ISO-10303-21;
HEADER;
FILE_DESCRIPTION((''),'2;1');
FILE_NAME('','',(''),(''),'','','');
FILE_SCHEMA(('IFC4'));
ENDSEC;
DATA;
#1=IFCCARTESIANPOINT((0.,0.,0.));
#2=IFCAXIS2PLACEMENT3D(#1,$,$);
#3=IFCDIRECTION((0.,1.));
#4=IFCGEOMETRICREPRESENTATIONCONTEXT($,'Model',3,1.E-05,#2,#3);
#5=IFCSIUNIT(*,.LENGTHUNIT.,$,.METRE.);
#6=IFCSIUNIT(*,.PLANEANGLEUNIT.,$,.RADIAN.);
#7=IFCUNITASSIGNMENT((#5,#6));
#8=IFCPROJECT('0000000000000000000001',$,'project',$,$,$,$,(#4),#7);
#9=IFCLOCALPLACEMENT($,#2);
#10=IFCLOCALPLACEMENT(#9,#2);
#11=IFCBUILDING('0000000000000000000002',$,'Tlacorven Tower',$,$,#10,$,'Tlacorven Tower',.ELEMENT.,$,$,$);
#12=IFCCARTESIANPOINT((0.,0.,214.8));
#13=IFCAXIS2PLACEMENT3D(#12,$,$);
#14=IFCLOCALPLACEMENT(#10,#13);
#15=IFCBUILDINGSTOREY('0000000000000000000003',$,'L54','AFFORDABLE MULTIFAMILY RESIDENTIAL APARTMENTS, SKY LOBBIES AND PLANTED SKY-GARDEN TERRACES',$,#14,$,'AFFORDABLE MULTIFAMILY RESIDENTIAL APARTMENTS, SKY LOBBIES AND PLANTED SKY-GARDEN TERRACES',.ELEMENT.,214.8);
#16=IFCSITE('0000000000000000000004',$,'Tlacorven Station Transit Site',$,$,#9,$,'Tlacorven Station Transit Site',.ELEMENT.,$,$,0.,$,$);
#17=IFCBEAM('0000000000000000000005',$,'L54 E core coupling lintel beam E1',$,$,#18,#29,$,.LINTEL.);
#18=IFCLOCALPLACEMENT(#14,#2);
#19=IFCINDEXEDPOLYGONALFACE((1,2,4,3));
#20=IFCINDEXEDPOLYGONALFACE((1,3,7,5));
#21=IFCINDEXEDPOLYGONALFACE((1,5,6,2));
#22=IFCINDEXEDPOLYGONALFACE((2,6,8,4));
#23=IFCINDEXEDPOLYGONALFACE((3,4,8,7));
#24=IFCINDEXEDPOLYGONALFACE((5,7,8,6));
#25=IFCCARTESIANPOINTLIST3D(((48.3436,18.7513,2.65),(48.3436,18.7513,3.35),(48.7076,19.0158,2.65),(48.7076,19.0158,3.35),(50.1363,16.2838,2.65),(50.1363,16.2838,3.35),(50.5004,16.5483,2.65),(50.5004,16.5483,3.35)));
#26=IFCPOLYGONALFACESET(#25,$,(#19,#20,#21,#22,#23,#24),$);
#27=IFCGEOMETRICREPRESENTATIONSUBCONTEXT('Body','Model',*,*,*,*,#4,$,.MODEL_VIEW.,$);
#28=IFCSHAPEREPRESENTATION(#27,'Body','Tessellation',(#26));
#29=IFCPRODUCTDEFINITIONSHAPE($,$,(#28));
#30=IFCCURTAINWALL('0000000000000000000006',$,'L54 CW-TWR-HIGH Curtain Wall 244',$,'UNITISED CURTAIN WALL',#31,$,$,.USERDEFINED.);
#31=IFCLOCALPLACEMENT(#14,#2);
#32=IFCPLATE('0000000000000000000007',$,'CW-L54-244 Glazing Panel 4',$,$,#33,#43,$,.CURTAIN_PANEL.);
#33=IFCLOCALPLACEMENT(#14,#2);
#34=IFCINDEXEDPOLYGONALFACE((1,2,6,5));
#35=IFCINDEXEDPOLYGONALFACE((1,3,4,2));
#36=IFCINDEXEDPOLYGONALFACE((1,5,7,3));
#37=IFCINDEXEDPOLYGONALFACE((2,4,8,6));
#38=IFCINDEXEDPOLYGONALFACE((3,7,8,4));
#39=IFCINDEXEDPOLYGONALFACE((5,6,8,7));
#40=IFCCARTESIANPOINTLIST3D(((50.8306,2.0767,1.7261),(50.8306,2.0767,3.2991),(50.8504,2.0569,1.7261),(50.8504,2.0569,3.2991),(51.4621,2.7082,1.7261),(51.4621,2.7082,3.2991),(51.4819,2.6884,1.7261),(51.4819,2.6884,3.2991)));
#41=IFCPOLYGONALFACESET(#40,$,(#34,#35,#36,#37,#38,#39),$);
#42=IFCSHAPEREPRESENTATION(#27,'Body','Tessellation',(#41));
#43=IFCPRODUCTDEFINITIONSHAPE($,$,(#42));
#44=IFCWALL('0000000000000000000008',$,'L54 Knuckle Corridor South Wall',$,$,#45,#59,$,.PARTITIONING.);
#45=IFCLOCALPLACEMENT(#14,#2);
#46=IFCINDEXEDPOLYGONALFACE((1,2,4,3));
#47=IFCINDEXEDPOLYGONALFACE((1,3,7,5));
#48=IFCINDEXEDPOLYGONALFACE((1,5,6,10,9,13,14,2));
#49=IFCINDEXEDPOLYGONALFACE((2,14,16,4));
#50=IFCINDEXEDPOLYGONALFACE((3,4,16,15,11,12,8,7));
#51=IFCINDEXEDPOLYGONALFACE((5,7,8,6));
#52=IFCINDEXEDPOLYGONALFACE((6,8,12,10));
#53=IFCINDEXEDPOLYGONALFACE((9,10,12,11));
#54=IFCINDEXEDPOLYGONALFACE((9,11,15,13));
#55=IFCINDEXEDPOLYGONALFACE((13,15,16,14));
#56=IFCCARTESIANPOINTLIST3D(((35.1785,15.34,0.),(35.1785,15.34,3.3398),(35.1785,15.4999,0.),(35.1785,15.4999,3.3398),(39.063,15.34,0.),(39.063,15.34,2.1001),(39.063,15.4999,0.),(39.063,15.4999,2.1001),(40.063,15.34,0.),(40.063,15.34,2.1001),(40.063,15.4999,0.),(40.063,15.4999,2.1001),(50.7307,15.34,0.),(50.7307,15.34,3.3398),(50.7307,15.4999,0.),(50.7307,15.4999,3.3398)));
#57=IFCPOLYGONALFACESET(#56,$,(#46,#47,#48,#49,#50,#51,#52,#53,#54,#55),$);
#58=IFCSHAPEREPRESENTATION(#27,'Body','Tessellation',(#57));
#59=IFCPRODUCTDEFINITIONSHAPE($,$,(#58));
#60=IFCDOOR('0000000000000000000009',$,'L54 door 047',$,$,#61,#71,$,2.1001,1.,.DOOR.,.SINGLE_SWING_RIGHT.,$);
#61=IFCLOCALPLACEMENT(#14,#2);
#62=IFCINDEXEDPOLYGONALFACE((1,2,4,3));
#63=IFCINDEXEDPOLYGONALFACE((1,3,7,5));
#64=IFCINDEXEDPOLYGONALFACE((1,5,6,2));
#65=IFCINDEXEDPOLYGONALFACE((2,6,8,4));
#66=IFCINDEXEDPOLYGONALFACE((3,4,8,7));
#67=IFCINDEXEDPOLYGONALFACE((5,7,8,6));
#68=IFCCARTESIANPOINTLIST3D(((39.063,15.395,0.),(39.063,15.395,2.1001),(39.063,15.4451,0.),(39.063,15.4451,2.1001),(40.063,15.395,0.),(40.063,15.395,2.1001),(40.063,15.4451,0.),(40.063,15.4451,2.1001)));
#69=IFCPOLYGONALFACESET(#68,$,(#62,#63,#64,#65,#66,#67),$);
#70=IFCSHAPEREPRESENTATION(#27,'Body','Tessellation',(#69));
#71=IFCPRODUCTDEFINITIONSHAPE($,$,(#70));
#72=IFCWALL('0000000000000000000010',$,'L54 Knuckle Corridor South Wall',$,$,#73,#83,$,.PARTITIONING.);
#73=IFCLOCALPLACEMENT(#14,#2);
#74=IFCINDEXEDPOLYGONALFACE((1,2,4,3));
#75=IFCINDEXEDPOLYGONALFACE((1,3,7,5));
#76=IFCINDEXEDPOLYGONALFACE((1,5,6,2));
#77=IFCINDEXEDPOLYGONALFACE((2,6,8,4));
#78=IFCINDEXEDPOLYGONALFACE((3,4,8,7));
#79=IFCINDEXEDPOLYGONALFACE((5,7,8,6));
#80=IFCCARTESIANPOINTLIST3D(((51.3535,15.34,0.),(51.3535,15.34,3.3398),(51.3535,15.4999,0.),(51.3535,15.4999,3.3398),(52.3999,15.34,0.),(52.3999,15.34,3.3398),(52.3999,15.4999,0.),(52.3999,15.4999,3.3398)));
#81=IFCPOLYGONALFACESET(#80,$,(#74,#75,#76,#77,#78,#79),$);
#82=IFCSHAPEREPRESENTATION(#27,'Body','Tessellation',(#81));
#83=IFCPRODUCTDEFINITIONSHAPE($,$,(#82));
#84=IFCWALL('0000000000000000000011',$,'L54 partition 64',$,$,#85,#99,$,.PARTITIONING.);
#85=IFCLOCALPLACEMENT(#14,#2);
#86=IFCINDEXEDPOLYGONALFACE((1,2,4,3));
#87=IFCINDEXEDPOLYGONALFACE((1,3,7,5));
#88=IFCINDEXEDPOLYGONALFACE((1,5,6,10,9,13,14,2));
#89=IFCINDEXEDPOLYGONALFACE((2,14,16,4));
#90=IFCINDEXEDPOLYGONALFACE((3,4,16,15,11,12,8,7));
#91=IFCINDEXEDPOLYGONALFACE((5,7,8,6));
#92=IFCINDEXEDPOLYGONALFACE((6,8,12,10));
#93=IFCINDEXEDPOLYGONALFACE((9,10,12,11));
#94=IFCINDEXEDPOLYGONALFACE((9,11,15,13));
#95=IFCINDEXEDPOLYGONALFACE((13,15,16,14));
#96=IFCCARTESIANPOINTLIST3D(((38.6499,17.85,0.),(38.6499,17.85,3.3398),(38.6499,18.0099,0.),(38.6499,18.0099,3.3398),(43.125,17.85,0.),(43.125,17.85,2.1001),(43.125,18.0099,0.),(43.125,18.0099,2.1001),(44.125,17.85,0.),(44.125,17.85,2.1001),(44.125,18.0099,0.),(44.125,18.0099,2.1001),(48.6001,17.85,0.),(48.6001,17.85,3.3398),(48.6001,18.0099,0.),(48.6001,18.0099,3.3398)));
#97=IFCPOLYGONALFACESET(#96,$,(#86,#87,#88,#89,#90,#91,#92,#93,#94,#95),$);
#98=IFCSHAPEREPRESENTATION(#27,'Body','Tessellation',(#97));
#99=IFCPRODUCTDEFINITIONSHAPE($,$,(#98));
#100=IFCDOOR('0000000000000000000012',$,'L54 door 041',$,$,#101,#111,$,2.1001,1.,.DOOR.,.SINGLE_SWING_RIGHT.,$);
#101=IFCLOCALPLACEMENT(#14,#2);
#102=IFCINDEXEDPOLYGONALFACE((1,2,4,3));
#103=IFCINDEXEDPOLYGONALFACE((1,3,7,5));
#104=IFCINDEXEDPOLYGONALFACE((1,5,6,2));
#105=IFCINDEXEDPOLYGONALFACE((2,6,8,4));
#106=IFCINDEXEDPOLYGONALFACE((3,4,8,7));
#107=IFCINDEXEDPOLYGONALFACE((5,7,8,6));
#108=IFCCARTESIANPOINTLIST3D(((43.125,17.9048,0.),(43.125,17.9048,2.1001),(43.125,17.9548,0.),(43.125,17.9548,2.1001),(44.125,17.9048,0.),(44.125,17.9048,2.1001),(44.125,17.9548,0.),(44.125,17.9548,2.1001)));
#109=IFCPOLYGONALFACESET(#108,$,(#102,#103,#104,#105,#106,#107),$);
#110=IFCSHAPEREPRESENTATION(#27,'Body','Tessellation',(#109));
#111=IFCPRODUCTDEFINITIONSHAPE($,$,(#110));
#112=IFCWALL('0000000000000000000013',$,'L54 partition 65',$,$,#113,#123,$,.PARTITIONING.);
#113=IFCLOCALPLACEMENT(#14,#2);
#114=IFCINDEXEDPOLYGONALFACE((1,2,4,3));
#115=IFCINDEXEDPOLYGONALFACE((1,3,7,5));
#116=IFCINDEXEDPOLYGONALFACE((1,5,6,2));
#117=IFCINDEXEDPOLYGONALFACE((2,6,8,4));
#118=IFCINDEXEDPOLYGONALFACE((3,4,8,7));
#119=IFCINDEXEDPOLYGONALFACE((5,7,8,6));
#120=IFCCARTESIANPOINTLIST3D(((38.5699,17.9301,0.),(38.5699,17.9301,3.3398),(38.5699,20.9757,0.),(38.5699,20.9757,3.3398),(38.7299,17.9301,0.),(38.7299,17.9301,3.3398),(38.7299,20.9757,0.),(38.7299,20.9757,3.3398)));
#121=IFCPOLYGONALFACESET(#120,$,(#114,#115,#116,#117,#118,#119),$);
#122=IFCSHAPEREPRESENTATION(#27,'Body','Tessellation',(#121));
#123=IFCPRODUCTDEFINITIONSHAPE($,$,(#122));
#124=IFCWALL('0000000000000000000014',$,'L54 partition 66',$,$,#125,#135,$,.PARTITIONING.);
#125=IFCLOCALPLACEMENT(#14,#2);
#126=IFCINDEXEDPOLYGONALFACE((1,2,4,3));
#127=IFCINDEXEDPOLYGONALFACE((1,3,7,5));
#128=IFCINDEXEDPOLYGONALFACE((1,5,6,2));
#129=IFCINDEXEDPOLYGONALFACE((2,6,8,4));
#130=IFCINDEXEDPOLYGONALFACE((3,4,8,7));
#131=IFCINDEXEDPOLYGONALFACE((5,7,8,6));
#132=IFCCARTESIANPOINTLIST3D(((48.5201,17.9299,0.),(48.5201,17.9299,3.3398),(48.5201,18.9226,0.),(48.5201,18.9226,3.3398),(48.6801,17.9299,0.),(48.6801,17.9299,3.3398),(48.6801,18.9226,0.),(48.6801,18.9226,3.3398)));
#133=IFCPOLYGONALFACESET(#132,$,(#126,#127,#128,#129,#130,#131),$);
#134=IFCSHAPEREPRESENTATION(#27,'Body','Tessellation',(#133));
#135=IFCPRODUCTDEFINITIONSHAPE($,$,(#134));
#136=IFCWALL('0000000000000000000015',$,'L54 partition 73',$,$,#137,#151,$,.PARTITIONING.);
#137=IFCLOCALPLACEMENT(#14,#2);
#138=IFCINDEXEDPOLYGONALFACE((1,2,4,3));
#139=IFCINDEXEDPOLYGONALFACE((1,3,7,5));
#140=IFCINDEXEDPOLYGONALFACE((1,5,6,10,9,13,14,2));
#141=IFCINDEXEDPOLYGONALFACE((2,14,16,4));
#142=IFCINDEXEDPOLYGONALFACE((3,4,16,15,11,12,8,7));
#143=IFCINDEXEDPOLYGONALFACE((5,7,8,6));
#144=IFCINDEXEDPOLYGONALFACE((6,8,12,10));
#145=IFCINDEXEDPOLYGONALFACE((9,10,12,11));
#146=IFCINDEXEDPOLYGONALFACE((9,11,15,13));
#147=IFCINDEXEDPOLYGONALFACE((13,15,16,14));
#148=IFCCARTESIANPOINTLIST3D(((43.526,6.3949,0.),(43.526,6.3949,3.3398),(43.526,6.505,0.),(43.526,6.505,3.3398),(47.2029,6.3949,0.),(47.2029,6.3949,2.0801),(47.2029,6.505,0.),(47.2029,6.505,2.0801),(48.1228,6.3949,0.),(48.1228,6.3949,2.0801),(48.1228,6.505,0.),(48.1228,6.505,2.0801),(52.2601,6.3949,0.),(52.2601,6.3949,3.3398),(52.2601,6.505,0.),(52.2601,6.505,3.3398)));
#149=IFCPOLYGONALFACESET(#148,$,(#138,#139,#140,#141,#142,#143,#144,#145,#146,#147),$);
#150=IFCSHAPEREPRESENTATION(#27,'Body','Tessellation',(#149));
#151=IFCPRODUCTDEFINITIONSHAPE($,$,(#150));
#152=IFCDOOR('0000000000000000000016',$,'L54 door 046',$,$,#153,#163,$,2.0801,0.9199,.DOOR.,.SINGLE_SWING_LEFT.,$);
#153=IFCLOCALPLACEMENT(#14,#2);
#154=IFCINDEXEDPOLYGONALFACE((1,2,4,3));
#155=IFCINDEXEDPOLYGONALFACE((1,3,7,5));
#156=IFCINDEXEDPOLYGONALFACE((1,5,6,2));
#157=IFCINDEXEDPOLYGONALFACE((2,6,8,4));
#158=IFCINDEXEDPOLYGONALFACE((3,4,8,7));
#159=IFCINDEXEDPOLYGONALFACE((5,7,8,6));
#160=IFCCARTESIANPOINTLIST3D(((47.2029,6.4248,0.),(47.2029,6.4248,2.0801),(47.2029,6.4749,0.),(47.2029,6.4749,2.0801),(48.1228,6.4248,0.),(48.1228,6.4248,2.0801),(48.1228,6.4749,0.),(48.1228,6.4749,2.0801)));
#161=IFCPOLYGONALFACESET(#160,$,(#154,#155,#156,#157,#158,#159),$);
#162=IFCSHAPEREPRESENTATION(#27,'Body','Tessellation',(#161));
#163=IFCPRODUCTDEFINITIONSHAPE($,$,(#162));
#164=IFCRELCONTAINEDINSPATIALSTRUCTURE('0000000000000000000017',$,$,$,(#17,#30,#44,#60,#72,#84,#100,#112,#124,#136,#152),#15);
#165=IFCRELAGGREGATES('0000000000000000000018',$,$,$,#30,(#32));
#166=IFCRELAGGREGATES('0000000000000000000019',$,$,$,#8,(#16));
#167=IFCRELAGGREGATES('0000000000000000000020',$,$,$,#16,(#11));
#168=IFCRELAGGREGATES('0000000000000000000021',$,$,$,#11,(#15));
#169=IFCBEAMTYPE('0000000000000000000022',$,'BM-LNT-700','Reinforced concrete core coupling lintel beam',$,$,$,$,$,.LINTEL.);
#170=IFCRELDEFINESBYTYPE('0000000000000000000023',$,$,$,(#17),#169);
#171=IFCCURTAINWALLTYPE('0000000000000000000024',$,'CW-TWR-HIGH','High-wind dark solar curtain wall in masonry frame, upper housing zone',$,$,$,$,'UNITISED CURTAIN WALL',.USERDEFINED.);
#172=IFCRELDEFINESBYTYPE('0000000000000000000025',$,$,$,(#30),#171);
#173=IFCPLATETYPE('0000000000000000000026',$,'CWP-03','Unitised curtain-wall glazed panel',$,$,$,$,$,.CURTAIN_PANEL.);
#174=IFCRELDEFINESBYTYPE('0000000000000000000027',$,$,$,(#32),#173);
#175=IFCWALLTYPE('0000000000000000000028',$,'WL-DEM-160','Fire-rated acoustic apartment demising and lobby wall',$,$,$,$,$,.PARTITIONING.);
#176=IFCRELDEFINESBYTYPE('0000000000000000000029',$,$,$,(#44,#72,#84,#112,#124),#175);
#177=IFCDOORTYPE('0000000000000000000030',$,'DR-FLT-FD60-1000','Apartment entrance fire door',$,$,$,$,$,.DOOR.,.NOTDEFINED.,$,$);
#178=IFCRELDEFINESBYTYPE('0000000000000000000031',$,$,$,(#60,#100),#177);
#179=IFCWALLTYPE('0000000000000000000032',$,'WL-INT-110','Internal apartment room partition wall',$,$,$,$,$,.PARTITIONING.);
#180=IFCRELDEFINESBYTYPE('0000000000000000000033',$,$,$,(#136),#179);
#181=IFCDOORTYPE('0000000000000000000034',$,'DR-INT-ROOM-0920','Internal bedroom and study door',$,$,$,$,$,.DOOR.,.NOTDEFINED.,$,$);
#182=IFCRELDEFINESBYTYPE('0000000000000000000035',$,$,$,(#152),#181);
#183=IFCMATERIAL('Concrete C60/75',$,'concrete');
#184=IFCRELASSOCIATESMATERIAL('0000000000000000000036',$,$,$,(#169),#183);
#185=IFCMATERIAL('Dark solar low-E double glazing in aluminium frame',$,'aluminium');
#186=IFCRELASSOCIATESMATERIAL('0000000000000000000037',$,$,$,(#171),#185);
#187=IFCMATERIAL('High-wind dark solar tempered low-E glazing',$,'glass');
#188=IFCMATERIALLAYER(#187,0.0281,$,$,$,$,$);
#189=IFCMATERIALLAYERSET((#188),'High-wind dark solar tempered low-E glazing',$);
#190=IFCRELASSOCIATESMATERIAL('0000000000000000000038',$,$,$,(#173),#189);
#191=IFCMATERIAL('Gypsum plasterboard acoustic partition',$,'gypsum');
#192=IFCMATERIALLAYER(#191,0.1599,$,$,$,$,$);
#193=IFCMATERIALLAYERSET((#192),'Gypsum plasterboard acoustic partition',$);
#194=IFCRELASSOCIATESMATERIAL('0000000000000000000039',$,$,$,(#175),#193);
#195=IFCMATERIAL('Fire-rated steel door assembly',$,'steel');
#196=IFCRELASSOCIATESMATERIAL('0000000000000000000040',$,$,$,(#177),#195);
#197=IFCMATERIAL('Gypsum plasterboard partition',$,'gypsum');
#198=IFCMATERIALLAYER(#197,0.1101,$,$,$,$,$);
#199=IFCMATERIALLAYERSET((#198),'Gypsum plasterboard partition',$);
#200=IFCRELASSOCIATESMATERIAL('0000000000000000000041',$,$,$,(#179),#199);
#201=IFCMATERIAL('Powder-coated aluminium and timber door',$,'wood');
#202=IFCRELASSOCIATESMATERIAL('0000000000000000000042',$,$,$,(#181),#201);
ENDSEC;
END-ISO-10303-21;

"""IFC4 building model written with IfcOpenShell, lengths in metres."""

from ifc_helpers import new_model, si_unit, direction, frame, frame_2d, origin, origin_2d, place, context, subcontext, project, spatial, rectangle, extrude, source, transform, mapped, material, layer, layer_set, material_profile, profile_set, type_object, element, fill, aggregate, save


model = new_model("IFC4")

# Units and contexts
model_context = context("Model", 3, precision=1e-05, world=origin(), true_north=direction((0.0, 1.0)))
body_context = subcontext(model_context, "Body", "Model", "MODEL_VIEW")
ifc_project = project(units=[si_unit("LENGTHUNIT", "METRE"), si_unit("PLANEANGLEUNIT", "RADIAN")], contexts=[model_context])

# Site, building, storey
site_placement = place(None, origin())
site = spatial("IfcSite", under=ifc_project, at=site_placement, Name="Tlacorven Station Transit Site", LongName="Tlacorven Station Transit Site", CompositionType="ELEMENT", RefElevation=0.0)
building_placement = place(site_placement, origin())
building = spatial("IfcBuilding", under=site, at=building_placement, Name="Tlacorven Tower", LongName="Tlacorven Tower", CompositionType="ELEMENT")
storey_placement = place(building_placement, frame((0.0, 0.0, 214.8)))
storey = spatial("IfcBuildingStorey", under=building, at=storey_placement, Name="L54", Description="AFFORDABLE MULTIFAMILY RESIDENTIAL APARTMENTS, SKY LOBBIES AND PLANTED SKY-GARDEN TERRACES", LongName="AFFORDABLE MULTIFAMILY RESIDENTIAL APARTMENTS, SKY LOBBIES AND PLANTED SKY-GARDEN TERRACES", CompositionType="ELEMENT", Elevation=214.8)

# Beam
ifc_material_1 = material(Name="Concrete C60/75", Category="concrete")
ifc_material_profile = material_profile(ifc_material_1, rectangle(XDim=0.45, YDim=0.7, at=origin_2d()), Name="RC 450X700")
ifc_profile_set = profile_set([ifc_material_profile], Name="Concrete C60/75")
beam_type = type_object("IfcBeamType", Name="BM-LNT-700", Description="Reinforced concrete core coupling lintel beam", PredefinedType="LINTEL", material=ifc_profile_set)
shared_shape_1 = source(origin(), body_context, "Body", "SweptSolid", [
    extrude(rectangle(XDim=0.45, YDim=0.7, at=origin_2d()), origin(), (0.0, 0.0, 1.0), 3.05),
])
beam_placement = place(storey_placement, frame((50.3184, 16.416, 3.0), z_axis=(-0.587777, 0.809023, 0.0), x_axis=(-0.809023, -0.587777, 0.0)))
element("IfcBeam", 1, at=beam_placement, inside=storey, type_object=beam_type, Name="L54 E core coupling lintel beam E1", PredefinedType="LINTEL", context=body_context, shape_type="MappedRepresentation", body=[
    mapped(shared_shape_1, transform((0.0, 0.0, 0.0), scale=1.0)),
])

# Curtain wall, plate
ifc_material_2 = material(Name="Dark solar low-E double glazing in aluminium frame", Category="aluminium")
curtain_wall_type = type_object("IfcCurtainWallType", Name="CW-TWR-HIGH", Description="High-wind dark solar curtain wall in masonry frame, upper housing zone", ElementType="UNITISED CURTAIN WALL", PredefinedType="USERDEFINED", material=ifc_material_2)
curtain_wall_placement = place(storey_placement, origin())
curtain_wall = element("IfcCurtainWall", 2, at=curtain_wall_placement, inside=storey, type_object=curtain_wall_type, Name="L54 CW-TWR-HIGH Curtain Wall 244", ObjectType="UNITISED CURTAIN WALL", PredefinedType="USERDEFINED")
ifc_material_3 = material(Name="High-wind dark solar tempered low-E glazing", Category="glass")
ifc_layer_1 = layer(ifc_material_3, 0.0281)
ifc_layer_set_1 = layer_set([ifc_layer_1], Name="High-wind dark solar tempered low-E glazing")
plate_type = type_object("IfcPlateType", Name="CWP-03", Description="Unitised curtain-wall glazed panel", PredefinedType="CURTAIN_PANEL", material=ifc_layer_set_1)
shared_shape_2 = source(origin(), body_context, "Body", "SweptSolid", [
    extrude(rectangle(XDim=0.8931, YDim=0.0281, at=origin_2d()), origin(), (0.0, 0.0, 1.0), 1.573),
])
plate_placement = place(storey_placement, frame((51.1562, 2.3826, 1.7261), z_axis=(0.0, 0.0, 1.0), x_axis=(-0.707107, -0.707107, 0.0)))
plate = element("IfcPlate", 3, at=plate_placement, type_object=plate_type, Name="CW-L54-244 Glazing Panel 4", PredefinedType="CURTAIN_PANEL", context=body_context, shape_type="MappedRepresentation", body=[
    mapped(shared_shape_2, transform((0.0, 0.0, 0.0), scale=1.0)),
])
aggregate(curtain_wall, [plate])

# Wall, opening, door
ifc_material_4 = material(Name="Gypsum plasterboard acoustic partition", Category="gypsum")
ifc_layer_2 = layer(ifc_material_4, 0.1599)
ifc_layer_set_2 = layer_set([ifc_layer_2], Name="Gypsum plasterboard acoustic partition")
wall_type_1 = type_object("IfcWallType", Name="WL-DEM-160", Description="Fire-rated acoustic apartment demising and lobby wall", PredefinedType="PARTITIONING", material=ifc_layer_set_2)
wall_1_placement = place(storey_placement, frame((35.1785, 15.4199, 0.0), z_axis=(0.0, 0.0, 1.0), x_axis=(1.0, 0.0, 0.0)))
wall_1 = element("IfcWall", 4, at=wall_1_placement, inside=storey, type_object=wall_type_1, Name="L54 Knuckle Corridor South Wall", PredefinedType="PARTITIONING", context=body_context, shape_type="SweptSolid", body=[
    extrude(rectangle(XDim=15.5522, YDim=0.1599, at=frame_2d((7.7761, 0.0))), origin(), (0.0, 0.0, 1.0), 3.3398),
])
opening_1_placement = place(wall_1_placement, frame((3.8845, 0.0, 0.0)))
opening_1 = element("IfcOpeningElement", 5, at=opening_1_placement, cuts=wall_1, PredefinedType="OPENING", context=body_context, shape_type="SweptSolid", body=[
    extrude(rectangle(XDim=1.0, YDim=2.1001, at=frame_2d((0.5, 1.05))), frame((0.0, 0.0898, 0.0), z_axis=(0.0, -1.0, 0.0), x_axis=(1.0, 0.0, 0.0)), (0.0, 0.0, 1.0), 0.1799),
])
ifc_material_5 = material(Name="Fire-rated steel door assembly", Category="steel")
door_type_1 = type_object("IfcDoorType", Name="DR-FLT-FD60-1000", Description="Apartment entrance fire door", OperationType="NOTDEFINED", PredefinedType="DOOR", material=ifc_material_5)
shared_shape_3 = source(origin(), body_context, "Body", "SweptSolid", [
    extrude(rectangle(XDim=1.0, YDim=2.1001, at=frame_2d((0.5, 1.05))), frame((0.0, 0.0249, 0.0), z_axis=(0.0, -1.0, 0.0), x_axis=(1.0, 0.0, 0.0)), (0.0, 0.0, 1.0), 0.05),
])
door_1_placement = place(opening_1_placement, frame((1.0, 0.0, 0.0), z_axis=(0.0, 0.0, 1.0), x_axis=(-1.0, 0.0, 0.0)))
door_1 = element("IfcDoor", 6, at=door_1_placement, inside=storey, type_object=door_type_1, Name="L54 door 047", OperationType="SINGLE_SWING_RIGHT", OverallHeight=2.1001, OverallWidth=1.0, PredefinedType="DOOR", context=body_context, shape_type="MappedRepresentation", body=[
    mapped(shared_shape_3, transform((0.0, 0.0, 0.0), scale=1.0)),
])
fill(opening_1, door_1)

# Wall
wall_2_placement = place(storey_placement, frame((51.3535, 15.4199, 0.0), z_axis=(0.0, 0.0, 1.0), x_axis=(1.0, 0.0, 0.0)))
element("IfcWall", 7, at=wall_2_placement, inside=storey, type_object=wall_type_1, Name="L54 Knuckle Corridor South Wall", PredefinedType="PARTITIONING", context=body_context, shape_type="SweptSolid", body=[
    extrude(rectangle(XDim=1.0464, YDim=0.1599, at=frame_2d((0.5232, 0.0))), origin(), (0.0, 0.0, 1.0), 3.3398),
])

# Wall, opening, door
wall_3_placement = place(storey_placement, frame((38.6499, 17.9299, 0.0), z_axis=(0.0, 0.0, 1.0), x_axis=(1.0, 0.0, 0.0)))
wall_3 = element("IfcWall", 8, at=wall_3_placement, inside=storey, type_object=wall_type_1, Name="L54 partition 64", PredefinedType="PARTITIONING", context=body_context, shape_type="SweptSolid", body=[
    extrude(rectangle(XDim=9.9502, YDim=0.1599, at=frame_2d((4.9751, 0.0))), origin(), (0.0, 0.0, 1.0), 3.3398),
])
opening_2_placement = place(wall_3_placement, frame((4.4751, 0.0, 0.0)))
opening_2 = element("IfcOpeningElement", 9, at=opening_2_placement, cuts=wall_3, PredefinedType="OPENING", context=body_context, shape_type="SweptSolid", body=[
    extrude(rectangle(XDim=1.0, YDim=2.1001, at=frame_2d((0.5, 1.05))), frame((0.0, 0.0898, 0.0), z_axis=(0.0, -1.0, 0.0), x_axis=(1.0, 0.0, 0.0)), (0.0, 0.0, 1.0), 0.1799),
])
door_2_placement = place(opening_2_placement, origin())
door_2 = element("IfcDoor", 10, at=door_2_placement, inside=storey, type_object=door_type_1, Name="L54 door 041", OperationType="SINGLE_SWING_RIGHT", OverallHeight=2.1001, OverallWidth=1.0, PredefinedType="DOOR", context=body_context, shape_type="MappedRepresentation", body=[
    mapped(shared_shape_3, transform((0.0, 0.0, 0.0), scale=1.0)),
])
fill(opening_2, door_2)

# Walls
wall_4_placement = place(storey_placement, frame((38.6499, 17.9299, 0.0), z_axis=(0.0, 0.0, 1.0), x_axis=(0.0, 1.0, 0.0)))
element("IfcWall", 11, at=wall_4_placement, inside=storey, type_object=wall_type_1, Name="L54 partition 65", PredefinedType="PARTITIONING", context=body_context, shape_type="SweptSolid", body=[
    extrude(rectangle(XDim=3.0457, YDim=0.1599, at=frame_2d((1.5229, 0.0))), origin(), (0.0, 0.0, 1.0), 3.3398),
])
wall_5_placement = place(storey_placement, frame((48.6001, 17.9299, 0.0), z_axis=(0.0, 0.0, 1.0), x_axis=(0.0, 1.0, 0.0)))
element("IfcWall", 12, at=wall_5_placement, inside=storey, type_object=wall_type_1, Name="L54 partition 66", PredefinedType="PARTITIONING", context=body_context, shape_type="SweptSolid", body=[
    extrude(rectangle(XDim=0.9927, YDim=0.1599, at=frame_2d((0.4963, 0.0))), origin(), (0.0, 0.0, 1.0), 3.3398),
])

# Wall, opening, door
ifc_material_6 = material(Name="Gypsum plasterboard partition", Category="gypsum")
ifc_layer_3 = layer(ifc_material_6, 0.1101)
ifc_layer_set_3 = layer_set([ifc_layer_3], Name="Gypsum plasterboard partition")
wall_type_2 = type_object("IfcWallType", Name="WL-INT-110", Description="Internal apartment room partition wall", PredefinedType="PARTITIONING", material=ifc_layer_set_3)
wall_6_placement = place(storey_placement, frame((43.5259, 6.45, 0.0), z_axis=(0.0, 0.0, 1.0), x_axis=(1.0, 0.0, 0.0)))
wall_6 = element("IfcWall", 13, at=wall_6_placement, inside=storey, type_object=wall_type_2, Name="L54 partition 73", PredefinedType="PARTITIONING", context=body_context, shape_type="SweptSolid", body=[
    extrude(rectangle(XDim=8.7341, YDim=0.1101, at=frame_2d((4.3672, 0.0))), origin(), (0.0, 0.0, 1.0), 3.3398),
])
opening_3_placement = place(wall_6_placement, frame((3.677, 0.0, 0.0)))
opening_3 = element("IfcOpeningElement", 14, at=opening_3_placement, cuts=wall_6, PredefinedType="OPENING", context=body_context, shape_type="SweptSolid", body=[
    extrude(rectangle(XDim=0.9199, YDim=2.0801, at=frame_2d((0.46, 1.04))), frame((0.0, 0.0649, 0.0), z_axis=(0.0, -1.0, 0.0), x_axis=(1.0, 0.0, 0.0)), (0.0, 0.0, 1.0), 0.1301),
])
ifc_material_7 = material(Name="Powder-coated aluminium and timber door", Category="wood")
door_type_2 = type_object("IfcDoorType", Name="DR-INT-ROOM-0920", Description="Internal bedroom and study door", OperationType="NOTDEFINED", PredefinedType="DOOR", material=ifc_material_7)
shared_shape_4 = source(origin(), body_context, "Body", "SweptSolid", [
    extrude(rectangle(XDim=0.9199, YDim=2.0801, at=frame_2d((0.46, 1.04))), frame((0.0, 0.0249, 0.0), z_axis=(0.0, -1.0, 0.0), x_axis=(1.0, 0.0, 0.0)), (0.0, 0.0, 1.0), 0.05),
])
door_3_placement = place(opening_3_placement, origin())
door_3 = element("IfcDoor", 15, at=door_3_placement, inside=storey, type_object=door_type_2, Name="L54 door 046", OperationType="SINGLE_SWING_LEFT", OverallHeight=2.0801, OverallWidth=0.9199, PredefinedType="DOOR", context=body_context, shape_type="MappedRepresentation", body=[
    mapped(shared_shape_4, transform((0.0, 0.0, 0.0), scale=1.0)),
])
fill(opening_3, door_3)

save(model, "model.ifc")
